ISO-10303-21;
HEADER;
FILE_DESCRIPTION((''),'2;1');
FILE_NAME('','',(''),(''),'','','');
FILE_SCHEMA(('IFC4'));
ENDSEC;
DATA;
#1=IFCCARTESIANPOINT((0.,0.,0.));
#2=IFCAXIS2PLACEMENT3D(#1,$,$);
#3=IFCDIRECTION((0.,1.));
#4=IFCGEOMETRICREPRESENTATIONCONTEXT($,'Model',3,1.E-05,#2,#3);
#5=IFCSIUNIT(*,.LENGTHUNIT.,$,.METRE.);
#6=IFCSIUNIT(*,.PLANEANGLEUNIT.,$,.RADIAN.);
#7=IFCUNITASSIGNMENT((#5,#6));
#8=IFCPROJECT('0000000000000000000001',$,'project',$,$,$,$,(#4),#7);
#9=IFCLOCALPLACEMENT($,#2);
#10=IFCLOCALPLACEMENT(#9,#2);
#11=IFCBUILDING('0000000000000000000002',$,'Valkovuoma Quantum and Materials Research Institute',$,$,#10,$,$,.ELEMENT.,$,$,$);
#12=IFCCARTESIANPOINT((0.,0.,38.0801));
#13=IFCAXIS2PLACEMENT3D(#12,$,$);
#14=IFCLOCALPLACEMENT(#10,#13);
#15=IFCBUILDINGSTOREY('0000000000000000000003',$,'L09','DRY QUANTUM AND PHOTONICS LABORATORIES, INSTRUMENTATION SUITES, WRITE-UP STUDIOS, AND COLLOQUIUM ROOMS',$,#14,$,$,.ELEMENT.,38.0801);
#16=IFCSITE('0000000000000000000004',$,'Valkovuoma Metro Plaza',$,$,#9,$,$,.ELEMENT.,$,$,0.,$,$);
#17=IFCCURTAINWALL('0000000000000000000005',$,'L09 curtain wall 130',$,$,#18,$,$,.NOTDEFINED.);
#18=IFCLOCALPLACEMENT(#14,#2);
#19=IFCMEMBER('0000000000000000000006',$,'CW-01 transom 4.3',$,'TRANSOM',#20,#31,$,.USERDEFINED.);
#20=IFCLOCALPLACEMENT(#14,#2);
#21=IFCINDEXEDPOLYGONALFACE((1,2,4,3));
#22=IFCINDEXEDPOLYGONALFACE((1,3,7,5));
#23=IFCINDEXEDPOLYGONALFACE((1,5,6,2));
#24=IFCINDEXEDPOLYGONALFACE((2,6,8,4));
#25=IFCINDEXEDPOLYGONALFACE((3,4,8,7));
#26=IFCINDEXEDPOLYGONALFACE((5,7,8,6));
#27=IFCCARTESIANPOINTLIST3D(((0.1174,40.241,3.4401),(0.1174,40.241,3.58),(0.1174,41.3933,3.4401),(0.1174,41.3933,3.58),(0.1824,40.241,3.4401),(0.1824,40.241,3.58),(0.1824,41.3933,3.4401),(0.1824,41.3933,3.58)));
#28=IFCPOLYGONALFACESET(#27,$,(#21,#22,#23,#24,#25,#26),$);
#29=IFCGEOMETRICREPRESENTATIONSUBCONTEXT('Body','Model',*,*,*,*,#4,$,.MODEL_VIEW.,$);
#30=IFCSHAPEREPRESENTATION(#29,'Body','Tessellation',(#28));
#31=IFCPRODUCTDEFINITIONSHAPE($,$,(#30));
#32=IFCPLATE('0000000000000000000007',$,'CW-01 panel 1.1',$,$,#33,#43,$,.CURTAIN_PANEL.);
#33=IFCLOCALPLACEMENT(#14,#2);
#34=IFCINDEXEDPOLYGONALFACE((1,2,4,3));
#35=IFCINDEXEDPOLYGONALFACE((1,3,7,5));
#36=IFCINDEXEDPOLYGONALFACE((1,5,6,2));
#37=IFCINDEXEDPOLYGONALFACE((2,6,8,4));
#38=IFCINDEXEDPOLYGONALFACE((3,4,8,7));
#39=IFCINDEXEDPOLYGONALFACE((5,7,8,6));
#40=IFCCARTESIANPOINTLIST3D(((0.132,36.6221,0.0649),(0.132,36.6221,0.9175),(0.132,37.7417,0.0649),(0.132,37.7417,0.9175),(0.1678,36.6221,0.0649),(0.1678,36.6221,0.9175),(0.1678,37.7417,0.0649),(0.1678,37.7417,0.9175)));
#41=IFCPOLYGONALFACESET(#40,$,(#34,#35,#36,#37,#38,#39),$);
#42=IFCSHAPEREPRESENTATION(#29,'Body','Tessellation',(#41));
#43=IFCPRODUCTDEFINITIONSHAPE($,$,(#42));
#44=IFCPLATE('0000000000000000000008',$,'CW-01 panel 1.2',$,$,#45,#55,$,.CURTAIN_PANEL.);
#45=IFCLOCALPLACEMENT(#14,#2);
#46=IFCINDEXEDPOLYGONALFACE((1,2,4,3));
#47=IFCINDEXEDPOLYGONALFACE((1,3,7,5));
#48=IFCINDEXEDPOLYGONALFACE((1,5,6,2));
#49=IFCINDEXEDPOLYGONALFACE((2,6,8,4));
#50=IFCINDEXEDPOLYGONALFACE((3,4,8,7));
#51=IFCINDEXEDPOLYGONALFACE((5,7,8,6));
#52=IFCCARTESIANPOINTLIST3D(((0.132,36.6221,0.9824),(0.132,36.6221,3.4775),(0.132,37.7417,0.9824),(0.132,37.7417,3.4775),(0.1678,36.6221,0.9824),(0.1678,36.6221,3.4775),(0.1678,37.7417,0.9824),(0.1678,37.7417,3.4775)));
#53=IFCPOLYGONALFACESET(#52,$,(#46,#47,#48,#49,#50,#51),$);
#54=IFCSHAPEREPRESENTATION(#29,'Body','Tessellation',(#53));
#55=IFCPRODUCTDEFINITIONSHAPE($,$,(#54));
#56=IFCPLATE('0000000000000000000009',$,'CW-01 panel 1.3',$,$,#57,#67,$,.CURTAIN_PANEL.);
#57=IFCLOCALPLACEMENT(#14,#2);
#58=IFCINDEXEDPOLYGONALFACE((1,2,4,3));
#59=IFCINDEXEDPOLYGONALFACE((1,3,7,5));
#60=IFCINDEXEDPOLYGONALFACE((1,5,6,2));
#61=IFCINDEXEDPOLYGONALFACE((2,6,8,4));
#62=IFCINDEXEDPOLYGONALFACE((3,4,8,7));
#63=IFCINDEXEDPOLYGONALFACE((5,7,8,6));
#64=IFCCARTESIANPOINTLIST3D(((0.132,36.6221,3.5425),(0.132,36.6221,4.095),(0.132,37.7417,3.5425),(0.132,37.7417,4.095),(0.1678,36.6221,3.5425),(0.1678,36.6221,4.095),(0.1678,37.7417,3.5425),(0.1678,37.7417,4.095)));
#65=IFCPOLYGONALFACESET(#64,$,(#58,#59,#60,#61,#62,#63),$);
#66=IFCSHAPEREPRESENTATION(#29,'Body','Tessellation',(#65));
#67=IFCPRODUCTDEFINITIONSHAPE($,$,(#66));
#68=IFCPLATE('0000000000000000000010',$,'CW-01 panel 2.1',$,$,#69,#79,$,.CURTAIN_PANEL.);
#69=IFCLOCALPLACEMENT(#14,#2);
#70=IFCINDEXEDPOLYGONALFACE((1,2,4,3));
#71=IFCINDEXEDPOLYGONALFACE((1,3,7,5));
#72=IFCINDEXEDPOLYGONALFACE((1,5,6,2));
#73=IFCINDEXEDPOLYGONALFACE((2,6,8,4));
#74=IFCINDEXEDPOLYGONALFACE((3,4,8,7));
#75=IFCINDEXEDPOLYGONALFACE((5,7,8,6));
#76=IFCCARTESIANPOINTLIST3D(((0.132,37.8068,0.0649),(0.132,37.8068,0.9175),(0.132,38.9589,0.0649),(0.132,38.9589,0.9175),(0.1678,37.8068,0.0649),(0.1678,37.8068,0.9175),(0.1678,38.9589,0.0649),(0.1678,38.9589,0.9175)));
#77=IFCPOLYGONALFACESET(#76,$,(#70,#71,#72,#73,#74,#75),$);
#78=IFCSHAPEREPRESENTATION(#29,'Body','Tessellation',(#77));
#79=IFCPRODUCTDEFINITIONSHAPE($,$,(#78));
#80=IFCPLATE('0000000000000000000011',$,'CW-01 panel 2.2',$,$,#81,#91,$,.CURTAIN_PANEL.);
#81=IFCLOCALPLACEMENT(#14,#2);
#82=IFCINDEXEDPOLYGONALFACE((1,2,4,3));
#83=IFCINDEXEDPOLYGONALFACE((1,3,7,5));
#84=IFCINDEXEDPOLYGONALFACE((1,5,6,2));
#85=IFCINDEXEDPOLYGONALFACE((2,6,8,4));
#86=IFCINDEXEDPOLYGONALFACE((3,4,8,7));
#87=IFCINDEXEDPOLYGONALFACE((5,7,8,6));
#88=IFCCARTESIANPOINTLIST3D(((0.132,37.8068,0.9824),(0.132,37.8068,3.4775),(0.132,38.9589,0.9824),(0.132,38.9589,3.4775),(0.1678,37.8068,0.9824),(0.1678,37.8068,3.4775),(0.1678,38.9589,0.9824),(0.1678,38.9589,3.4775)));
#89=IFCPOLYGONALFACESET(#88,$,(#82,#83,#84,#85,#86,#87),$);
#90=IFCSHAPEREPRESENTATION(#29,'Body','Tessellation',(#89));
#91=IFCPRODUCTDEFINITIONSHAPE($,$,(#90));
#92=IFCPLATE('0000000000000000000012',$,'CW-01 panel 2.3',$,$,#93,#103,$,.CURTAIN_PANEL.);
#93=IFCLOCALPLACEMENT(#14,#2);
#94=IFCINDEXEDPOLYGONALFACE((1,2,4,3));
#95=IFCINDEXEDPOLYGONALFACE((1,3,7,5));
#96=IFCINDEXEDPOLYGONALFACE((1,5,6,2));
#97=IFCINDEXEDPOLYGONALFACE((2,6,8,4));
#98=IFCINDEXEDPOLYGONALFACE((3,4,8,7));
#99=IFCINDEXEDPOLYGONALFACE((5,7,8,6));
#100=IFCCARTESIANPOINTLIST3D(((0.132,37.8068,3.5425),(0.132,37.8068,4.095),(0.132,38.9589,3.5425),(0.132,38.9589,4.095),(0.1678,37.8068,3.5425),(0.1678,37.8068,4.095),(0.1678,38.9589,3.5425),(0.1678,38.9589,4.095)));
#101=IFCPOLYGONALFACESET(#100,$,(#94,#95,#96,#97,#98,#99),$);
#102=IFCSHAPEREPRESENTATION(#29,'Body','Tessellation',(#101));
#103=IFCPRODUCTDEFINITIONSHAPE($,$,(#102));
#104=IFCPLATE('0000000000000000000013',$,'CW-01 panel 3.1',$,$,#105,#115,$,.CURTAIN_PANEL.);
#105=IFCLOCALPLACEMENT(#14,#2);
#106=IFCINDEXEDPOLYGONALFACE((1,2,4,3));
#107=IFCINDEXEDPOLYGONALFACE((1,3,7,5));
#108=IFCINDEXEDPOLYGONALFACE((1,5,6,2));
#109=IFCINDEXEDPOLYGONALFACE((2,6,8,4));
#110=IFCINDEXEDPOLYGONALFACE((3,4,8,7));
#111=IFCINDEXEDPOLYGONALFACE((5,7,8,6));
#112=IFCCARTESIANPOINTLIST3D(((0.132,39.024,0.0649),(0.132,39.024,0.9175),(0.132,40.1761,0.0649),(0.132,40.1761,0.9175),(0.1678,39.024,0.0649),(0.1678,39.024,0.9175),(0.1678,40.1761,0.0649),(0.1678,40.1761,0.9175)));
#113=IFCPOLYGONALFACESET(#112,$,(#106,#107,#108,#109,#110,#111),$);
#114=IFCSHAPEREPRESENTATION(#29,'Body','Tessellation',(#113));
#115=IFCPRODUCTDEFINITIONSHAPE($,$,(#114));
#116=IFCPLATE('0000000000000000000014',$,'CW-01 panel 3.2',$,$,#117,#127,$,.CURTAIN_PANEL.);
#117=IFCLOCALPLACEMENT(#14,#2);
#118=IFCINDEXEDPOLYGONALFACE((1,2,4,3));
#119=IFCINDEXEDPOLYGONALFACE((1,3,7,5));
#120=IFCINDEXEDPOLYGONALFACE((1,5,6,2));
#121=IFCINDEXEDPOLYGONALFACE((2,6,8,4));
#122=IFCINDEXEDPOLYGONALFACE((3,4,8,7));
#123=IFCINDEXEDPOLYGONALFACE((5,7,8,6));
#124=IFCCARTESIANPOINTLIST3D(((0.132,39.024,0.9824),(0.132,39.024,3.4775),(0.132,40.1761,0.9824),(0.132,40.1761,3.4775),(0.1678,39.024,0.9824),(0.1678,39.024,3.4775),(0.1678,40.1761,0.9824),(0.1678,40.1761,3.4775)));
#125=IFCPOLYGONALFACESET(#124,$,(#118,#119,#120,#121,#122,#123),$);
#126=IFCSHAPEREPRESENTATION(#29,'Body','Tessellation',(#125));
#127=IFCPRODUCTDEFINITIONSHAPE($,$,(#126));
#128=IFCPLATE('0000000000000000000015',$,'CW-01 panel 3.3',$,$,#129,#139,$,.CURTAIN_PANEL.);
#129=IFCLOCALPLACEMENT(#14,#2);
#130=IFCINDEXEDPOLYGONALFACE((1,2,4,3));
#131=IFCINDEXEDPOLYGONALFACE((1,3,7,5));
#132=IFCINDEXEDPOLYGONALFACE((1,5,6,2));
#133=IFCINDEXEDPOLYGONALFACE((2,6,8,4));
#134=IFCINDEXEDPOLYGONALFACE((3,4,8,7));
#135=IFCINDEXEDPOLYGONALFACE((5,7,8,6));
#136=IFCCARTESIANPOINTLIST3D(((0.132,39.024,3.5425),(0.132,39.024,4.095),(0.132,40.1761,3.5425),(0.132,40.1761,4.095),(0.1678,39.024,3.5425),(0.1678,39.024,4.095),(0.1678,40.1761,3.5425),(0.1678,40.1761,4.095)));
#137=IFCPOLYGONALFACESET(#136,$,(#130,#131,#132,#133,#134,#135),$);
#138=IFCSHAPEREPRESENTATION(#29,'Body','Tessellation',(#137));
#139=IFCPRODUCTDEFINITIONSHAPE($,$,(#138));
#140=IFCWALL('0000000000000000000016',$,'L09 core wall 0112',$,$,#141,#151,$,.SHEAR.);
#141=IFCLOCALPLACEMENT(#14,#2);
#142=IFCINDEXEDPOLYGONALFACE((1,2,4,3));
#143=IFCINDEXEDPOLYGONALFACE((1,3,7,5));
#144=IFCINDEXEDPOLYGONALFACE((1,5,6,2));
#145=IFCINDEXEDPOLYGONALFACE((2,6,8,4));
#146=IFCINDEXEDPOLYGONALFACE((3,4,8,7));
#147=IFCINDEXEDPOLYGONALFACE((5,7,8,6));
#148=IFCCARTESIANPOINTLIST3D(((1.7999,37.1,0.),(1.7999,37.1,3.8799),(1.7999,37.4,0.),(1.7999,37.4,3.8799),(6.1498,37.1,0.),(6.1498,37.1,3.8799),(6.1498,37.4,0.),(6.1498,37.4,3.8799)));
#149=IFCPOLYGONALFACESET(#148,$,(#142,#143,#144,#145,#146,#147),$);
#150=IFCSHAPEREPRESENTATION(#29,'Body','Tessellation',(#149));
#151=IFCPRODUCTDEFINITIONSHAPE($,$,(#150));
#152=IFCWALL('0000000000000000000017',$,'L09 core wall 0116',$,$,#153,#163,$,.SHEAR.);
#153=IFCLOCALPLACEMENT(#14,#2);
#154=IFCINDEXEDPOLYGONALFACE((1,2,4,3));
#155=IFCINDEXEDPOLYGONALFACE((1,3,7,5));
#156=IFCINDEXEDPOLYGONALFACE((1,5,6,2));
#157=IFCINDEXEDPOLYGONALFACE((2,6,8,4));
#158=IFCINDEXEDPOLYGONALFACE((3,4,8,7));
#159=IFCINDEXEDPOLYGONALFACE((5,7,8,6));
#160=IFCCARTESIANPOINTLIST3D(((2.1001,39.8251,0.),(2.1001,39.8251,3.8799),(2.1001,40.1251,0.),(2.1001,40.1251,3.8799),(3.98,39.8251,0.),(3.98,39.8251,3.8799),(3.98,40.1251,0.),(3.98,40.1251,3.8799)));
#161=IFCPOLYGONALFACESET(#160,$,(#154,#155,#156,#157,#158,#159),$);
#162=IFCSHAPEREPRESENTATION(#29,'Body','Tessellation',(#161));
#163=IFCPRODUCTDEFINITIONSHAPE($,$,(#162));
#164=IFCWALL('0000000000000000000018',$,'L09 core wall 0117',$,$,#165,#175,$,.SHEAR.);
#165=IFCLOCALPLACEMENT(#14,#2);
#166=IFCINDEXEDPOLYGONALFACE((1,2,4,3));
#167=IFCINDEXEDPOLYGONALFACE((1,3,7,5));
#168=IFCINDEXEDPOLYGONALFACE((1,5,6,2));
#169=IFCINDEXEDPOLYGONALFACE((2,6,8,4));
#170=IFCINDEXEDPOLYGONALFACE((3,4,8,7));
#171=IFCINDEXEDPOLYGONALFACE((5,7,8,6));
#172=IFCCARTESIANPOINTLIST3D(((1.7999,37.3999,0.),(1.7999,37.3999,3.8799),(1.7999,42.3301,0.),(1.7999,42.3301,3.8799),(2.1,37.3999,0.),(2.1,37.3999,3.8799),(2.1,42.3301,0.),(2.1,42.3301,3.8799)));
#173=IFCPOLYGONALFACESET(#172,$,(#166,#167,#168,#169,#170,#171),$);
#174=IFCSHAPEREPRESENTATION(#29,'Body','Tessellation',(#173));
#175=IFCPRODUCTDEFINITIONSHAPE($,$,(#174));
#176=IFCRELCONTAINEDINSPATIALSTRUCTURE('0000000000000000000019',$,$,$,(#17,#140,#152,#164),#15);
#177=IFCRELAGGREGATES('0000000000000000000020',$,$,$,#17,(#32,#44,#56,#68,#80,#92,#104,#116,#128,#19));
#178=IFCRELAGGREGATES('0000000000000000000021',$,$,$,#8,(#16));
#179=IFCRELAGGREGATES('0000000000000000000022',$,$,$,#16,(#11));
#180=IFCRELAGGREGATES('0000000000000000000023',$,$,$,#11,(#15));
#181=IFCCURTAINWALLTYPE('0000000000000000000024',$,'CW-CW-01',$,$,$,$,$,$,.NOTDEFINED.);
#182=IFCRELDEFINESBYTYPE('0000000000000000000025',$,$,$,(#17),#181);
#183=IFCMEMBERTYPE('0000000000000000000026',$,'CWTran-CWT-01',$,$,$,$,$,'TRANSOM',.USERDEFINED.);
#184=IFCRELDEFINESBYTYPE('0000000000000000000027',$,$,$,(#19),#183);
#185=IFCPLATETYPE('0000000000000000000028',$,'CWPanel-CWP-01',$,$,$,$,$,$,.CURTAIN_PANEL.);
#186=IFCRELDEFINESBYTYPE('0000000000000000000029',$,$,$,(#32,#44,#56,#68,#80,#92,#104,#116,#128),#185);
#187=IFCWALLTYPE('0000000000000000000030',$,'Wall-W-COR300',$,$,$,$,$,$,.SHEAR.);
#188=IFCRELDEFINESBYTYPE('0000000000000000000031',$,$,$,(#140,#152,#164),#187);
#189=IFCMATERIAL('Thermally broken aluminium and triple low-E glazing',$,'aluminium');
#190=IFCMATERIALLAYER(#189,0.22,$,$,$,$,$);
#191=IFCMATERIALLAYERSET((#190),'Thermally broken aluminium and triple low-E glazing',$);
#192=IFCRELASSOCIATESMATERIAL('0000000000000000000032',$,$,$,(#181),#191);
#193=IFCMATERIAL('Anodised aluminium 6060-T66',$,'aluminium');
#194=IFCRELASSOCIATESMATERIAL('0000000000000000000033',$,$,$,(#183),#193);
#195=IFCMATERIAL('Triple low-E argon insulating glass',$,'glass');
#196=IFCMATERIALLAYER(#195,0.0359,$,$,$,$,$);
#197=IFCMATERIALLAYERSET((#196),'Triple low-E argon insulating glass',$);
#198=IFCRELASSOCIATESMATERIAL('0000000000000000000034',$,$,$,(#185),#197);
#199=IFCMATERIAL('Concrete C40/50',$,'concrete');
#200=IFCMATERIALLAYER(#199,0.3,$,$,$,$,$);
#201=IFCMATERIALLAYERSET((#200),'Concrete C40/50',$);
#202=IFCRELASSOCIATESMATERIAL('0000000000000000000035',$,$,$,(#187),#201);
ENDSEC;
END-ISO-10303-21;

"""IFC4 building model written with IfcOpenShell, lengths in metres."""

from ifc_helpers import new_model, si_unit, direction, frame, frame_2d, origin, origin_2d, place, context, subcontext, project, spatial, rectangle, extrude, material, layer, layer_set, material_profile, profile_set, type_object, element, aggregate, save


model = new_model("IFC4")

# Units and contexts
model_context = context("Model", 3, precision=1e-05, world=origin(), true_north=direction((0.0, 1.0)))
body_context = subcontext(model_context, "Body", "Model", "MODEL_VIEW")
ifc_project = project(units=[si_unit("LENGTHUNIT", "METRE"), si_unit("PLANEANGLEUNIT", "RADIAN")], contexts=[model_context])

# Site, building, storey
site_placement = place(None, origin())
site = spatial("IfcSite", under=ifc_project, at=site_placement, Name="Valkovuoma Metro Plaza", CompositionType="ELEMENT", RefElevation=0.0)
building_placement = place(site_placement, origin())
building = spatial("IfcBuilding", under=site, at=building_placement, Name="Valkovuoma Quantum and Materials Research Institute", CompositionType="ELEMENT")
storey_placement = place(building_placement, frame((0.0, 0.0, 38.0801)))
storey = spatial("IfcBuildingStorey", under=building, at=storey_placement, Name="L09", Description="DRY QUANTUM AND PHOTONICS LABORATORIES, INSTRUMENTATION SUITES, WRITE-UP STUDIOS, AND COLLOQUIUM ROOMS", CompositionType="ELEMENT", Elevation=38.0801)

# Curtain wall, member, plates
ifc_material_1 = material(Name="Thermally broken aluminium and triple low-E glazing", Category="aluminium")
ifc_layer_1 = layer(ifc_material_1, 0.22)
ifc_layer_set_1 = layer_set([ifc_layer_1], Name="Thermally broken aluminium and triple low-E glazing")
curtain_wall_type = type_object("IfcCurtainWallType", Name="CW-CW-01", PredefinedType="NOTDEFINED", material=ifc_layer_set_1)
curtain_wall_placement = place(storey_placement, origin())
curtain_wall = element("IfcCurtainWall", 1, at=curtain_wall_placement, inside=storey, type_object=curtain_wall_type, Name="L09 curtain wall 130", PredefinedType="NOTDEFINED")
ifc_material_2 = material(Name="Anodised aluminium 6060-T66", Category="aluminium")
ifc_material_profile_1 = material_profile(ifc_material_2, rectangle(XDim=0.0649, YDim=0.1399, at=origin_2d()), Name="Anodised aluminium 6060-T66")
ifc_profile_set_1 = profile_set([ifc_material_profile_1], Name="Anodised aluminium 6060-T66")
member_type_1 = type_object("IfcMemberType", Name="CWTran-CWT-01", ElementType="TRANSOM", PredefinedType="USERDEFINED", material=ifc_profile_set_1)
member_1_placement = place(storey_placement, frame((0.1499, 40.241, 3.51), z_axis=(0.0, 1.0, 0.0), x_axis=(-1.0, 0.0, 0.0)))
member_1 = element("IfcMember", 2, at=member_1_placement, type_object=member_type_1, Name="CW-01 transom 4.3", ObjectType="TRANSOM", PredefinedType="USERDEFINED", context=body_context, shape_type="SweptSolid", body=[
    extrude(rectangle(XDim=0.0649, YDim=0.1399, at=origin_2d()), origin(), (0.0, 0.0, 1.0), 1.1523),
])
ifc_material_3 = material(Name="Triple low-E argon insulating glass", Category="glass")
ifc_layer_2 = layer(ifc_material_3, 0.0359)
ifc_layer_set_2 = layer_set([ifc_layer_2], Name="Triple low-E argon insulating glass")
plate_type = type_object("IfcPlateType", Name="CWPanel-CWP-01", PredefinedType="CURTAIN_PANEL", material=ifc_layer_set_2)
plate_1_placement = place(storey_placement, frame((0.1499, 37.1819, 0.0649), z_axis=(0.0, 0.0, 1.0), x_axis=(0.0, 1.0, 0.0)))
plate_1 = element("IfcPlate", 3, at=plate_1_placement, type_object=plate_type, Name="CW-01 panel 1.1", PredefinedType="CURTAIN_PANEL", context=body_context, shape_type="SweptSolid", body=[
    extrude(rectangle(XDim=1.1196, YDim=0.0359, at=origin_2d()), origin(), (0.0, 0.0, 1.0), 0.8525),
])
plate_2_placement = place(storey_placement, frame((0.1499, 37.1819, 0.9824), z_axis=(0.0, 0.0, 1.0), x_axis=(0.0, 1.0, 0.0)))
plate_2 = element("IfcPlate", 4, at=plate_2_placement, type_object=plate_type, Name="CW-01 panel 1.2", PredefinedType="CURTAIN_PANEL", context=body_context, shape_type="SweptSolid", body=[
    extrude(rectangle(XDim=1.1196, YDim=0.0359, at=origin_2d()), origin(), (0.0, 0.0, 1.0), 2.4951),
])
plate_3_placement = place(storey_placement, frame((0.1499, 37.1819, 3.5425), z_axis=(0.0, 0.0, 1.0), x_axis=(0.0, 1.0, 0.0)))
plate_3 = element("IfcPlate", 5, at=plate_3_placement, type_object=plate_type, Name="CW-01 panel 1.3", PredefinedType="CURTAIN_PANEL", context=body_context, shape_type="SweptSolid", body=[
    extrude(rectangle(XDim=1.1196, YDim=0.0359, at=origin_2d()), origin(), (0.0, 0.0, 1.0), 0.5525),
])
plate_4_placement = place(storey_placement, frame((0.1499, 38.3828, 0.0649), z_axis=(0.0, 0.0, 1.0), x_axis=(0.0, 1.0, 0.0)))
plate_4 = element("IfcPlate", 6, at=plate_4_placement, type_object=plate_type, Name="CW-01 panel 2.1", PredefinedType="CURTAIN_PANEL", context=body_context, shape_type="SweptSolid", body=[
    extrude(rectangle(XDim=1.1521, YDim=0.0359, at=origin_2d()), origin(), (0.0, 0.0, 1.0), 0.8525),
])
plate_5_placement = place(storey_placement, frame((0.1499, 38.3828, 0.9824), z_axis=(0.0, 0.0, 1.0), x_axis=(0.0, 1.0, 0.0)))
plate_5 = element("IfcPlate", 7, at=plate_5_placement, type_object=plate_type, Name="CW-01 panel 2.2", PredefinedType="CURTAIN_PANEL", context=body_context, shape_type="SweptSolid", body=[
    extrude(rectangle(XDim=1.1521, YDim=0.0359, at=origin_2d()), origin(), (0.0, 0.0, 1.0), 2.4951),
])
plate_6_placement = place(storey_placement, frame((0.1499, 38.3828, 3.5425), z_axis=(0.0, 0.0, 1.0), x_axis=(0.0, 1.0, 0.0)))
plate_6 = element("IfcPlate", 8, at=plate_6_placement, type_object=plate_type, Name="CW-01 panel 2.3", PredefinedType="CURTAIN_PANEL", context=body_context, shape_type="SweptSolid", body=[
    extrude(rectangle(XDim=1.1521, YDim=0.0359, at=origin_2d()), origin(), (0.0, 0.0, 1.0), 0.5525),
])
plate_7_placement = place(storey_placement, frame((0.1499, 39.6001, 0.0649), z_axis=(0.0, 0.0, 1.0), x_axis=(0.0, 1.0, 0.0)))
plate_7 = element("IfcPlate", 9, at=plate_7_placement, type_object=plate_type, Name="CW-01 panel 3.1", PredefinedType="CURTAIN_PANEL", context=body_context, shape_type="SweptSolid", body=[
    extrude(rectangle(XDim=1.1521, YDim=0.0359, at=origin_2d()), origin(), (0.0, 0.0, 1.0), 0.8525),
])
plate_8_placement = place(storey_placement, frame((0.1499, 39.6001, 0.9824), z_axis=(0.0, 0.0, 1.0), x_axis=(0.0, 1.0, 0.0)))
plate_8 = element("IfcPlate", 10, at=plate_8_placement, type_object=plate_type, Name="CW-01 panel 3.2", PredefinedType="CURTAIN_PANEL", context=body_context, shape_type="SweptSolid", body=[
    extrude(rectangle(XDim=1.1521, YDim=0.0359, at=origin_2d()), origin(), (0.0, 0.0, 1.0), 2.4951),
])
plate_9_placement = place(storey_placement, frame((0.1499, 39.6001, 3.5425), z_axis=(0.0, 0.0, 1.0), x_axis=(0.0, 1.0, 0.0)))
plate_9 = element("IfcPlate", 11, at=plate_9_placement, type_object=plate_type, Name="CW-01 panel 3.3", PredefinedType="CURTAIN_PANEL", context=body_context, shape_type="SweptSolid", body=[
    extrude(rectangle(XDim=1.1521, YDim=0.0359, at=origin_2d()), origin(), (0.0, 0.0, 1.0), 0.5525),
])
aggregate(curtain_wall, [plate_1, plate_2, plate_3, plate_4, plate_5, plate_6, plate_7, plate_8, plate_9, member_1])

# Walls
ifc_material_4 = material(Name="Concrete C40/50", Category="concrete")
ifc_layer_3 = layer(ifc_material_4, 0.3)
ifc_layer_set_3 = layer_set([ifc_layer_3], Name="Concrete C40/50")
wall_type = type_object("IfcWallType", Name="Wall-W-COR300", PredefinedType="SHEAR", material=ifc_layer_set_3)
wall_1_placement = place(storey_placement, frame((1.8, 37.25, 0.0), z_axis=(0.0, 0.0, 1.0), x_axis=(1.0, 0.0, 0.0)))
element("IfcWall", 12, at=wall_1_placement, inside=storey, type_object=wall_type, Name="L09 core wall 0112", PredefinedType="SHEAR", context=body_context, shape_type="SweptSolid", body=[
    extrude(rectangle(XDim=4.3499, YDim=0.3, at=frame_2d((2.1748, 0.0))), origin(), (0.0, 0.0, 1.0), 3.8799),
])
wall_2_placement = place(storey_placement, frame((2.1001, 39.9751, 0.0), z_axis=(0.0, 0.0, 1.0), x_axis=(1.0, 0.0, 0.0)))
element("IfcWall", 13, at=wall_2_placement, inside=storey, type_object=wall_type, Name="L09 core wall 0116", PredefinedType="SHEAR", context=body_context, shape_type="SweptSolid", body=[
    extrude(rectangle(XDim=1.8799, YDim=0.3, at=frame_2d((0.9399, 0.0))), origin(), (0.0, 0.0, 1.0), 3.8799),
])
wall_3_placement = place(storey_placement, frame((1.95, 37.3999, 0.0), z_axis=(0.0, 0.0, 1.0), x_axis=(0.0, 1.0, 0.0)))
element("IfcWall", 14, at=wall_3_placement, inside=storey, type_object=wall_type, Name="L09 core wall 0117", PredefinedType="SHEAR", context=body_context, shape_type="SweptSolid", body=[
    extrude(rectangle(XDim=4.9302, YDim=0.3, at=frame_2d((2.4651, 0.0))), origin(), (0.0, 0.0, 1.0), 3.8799),
])

save(model, "model.ifc")
